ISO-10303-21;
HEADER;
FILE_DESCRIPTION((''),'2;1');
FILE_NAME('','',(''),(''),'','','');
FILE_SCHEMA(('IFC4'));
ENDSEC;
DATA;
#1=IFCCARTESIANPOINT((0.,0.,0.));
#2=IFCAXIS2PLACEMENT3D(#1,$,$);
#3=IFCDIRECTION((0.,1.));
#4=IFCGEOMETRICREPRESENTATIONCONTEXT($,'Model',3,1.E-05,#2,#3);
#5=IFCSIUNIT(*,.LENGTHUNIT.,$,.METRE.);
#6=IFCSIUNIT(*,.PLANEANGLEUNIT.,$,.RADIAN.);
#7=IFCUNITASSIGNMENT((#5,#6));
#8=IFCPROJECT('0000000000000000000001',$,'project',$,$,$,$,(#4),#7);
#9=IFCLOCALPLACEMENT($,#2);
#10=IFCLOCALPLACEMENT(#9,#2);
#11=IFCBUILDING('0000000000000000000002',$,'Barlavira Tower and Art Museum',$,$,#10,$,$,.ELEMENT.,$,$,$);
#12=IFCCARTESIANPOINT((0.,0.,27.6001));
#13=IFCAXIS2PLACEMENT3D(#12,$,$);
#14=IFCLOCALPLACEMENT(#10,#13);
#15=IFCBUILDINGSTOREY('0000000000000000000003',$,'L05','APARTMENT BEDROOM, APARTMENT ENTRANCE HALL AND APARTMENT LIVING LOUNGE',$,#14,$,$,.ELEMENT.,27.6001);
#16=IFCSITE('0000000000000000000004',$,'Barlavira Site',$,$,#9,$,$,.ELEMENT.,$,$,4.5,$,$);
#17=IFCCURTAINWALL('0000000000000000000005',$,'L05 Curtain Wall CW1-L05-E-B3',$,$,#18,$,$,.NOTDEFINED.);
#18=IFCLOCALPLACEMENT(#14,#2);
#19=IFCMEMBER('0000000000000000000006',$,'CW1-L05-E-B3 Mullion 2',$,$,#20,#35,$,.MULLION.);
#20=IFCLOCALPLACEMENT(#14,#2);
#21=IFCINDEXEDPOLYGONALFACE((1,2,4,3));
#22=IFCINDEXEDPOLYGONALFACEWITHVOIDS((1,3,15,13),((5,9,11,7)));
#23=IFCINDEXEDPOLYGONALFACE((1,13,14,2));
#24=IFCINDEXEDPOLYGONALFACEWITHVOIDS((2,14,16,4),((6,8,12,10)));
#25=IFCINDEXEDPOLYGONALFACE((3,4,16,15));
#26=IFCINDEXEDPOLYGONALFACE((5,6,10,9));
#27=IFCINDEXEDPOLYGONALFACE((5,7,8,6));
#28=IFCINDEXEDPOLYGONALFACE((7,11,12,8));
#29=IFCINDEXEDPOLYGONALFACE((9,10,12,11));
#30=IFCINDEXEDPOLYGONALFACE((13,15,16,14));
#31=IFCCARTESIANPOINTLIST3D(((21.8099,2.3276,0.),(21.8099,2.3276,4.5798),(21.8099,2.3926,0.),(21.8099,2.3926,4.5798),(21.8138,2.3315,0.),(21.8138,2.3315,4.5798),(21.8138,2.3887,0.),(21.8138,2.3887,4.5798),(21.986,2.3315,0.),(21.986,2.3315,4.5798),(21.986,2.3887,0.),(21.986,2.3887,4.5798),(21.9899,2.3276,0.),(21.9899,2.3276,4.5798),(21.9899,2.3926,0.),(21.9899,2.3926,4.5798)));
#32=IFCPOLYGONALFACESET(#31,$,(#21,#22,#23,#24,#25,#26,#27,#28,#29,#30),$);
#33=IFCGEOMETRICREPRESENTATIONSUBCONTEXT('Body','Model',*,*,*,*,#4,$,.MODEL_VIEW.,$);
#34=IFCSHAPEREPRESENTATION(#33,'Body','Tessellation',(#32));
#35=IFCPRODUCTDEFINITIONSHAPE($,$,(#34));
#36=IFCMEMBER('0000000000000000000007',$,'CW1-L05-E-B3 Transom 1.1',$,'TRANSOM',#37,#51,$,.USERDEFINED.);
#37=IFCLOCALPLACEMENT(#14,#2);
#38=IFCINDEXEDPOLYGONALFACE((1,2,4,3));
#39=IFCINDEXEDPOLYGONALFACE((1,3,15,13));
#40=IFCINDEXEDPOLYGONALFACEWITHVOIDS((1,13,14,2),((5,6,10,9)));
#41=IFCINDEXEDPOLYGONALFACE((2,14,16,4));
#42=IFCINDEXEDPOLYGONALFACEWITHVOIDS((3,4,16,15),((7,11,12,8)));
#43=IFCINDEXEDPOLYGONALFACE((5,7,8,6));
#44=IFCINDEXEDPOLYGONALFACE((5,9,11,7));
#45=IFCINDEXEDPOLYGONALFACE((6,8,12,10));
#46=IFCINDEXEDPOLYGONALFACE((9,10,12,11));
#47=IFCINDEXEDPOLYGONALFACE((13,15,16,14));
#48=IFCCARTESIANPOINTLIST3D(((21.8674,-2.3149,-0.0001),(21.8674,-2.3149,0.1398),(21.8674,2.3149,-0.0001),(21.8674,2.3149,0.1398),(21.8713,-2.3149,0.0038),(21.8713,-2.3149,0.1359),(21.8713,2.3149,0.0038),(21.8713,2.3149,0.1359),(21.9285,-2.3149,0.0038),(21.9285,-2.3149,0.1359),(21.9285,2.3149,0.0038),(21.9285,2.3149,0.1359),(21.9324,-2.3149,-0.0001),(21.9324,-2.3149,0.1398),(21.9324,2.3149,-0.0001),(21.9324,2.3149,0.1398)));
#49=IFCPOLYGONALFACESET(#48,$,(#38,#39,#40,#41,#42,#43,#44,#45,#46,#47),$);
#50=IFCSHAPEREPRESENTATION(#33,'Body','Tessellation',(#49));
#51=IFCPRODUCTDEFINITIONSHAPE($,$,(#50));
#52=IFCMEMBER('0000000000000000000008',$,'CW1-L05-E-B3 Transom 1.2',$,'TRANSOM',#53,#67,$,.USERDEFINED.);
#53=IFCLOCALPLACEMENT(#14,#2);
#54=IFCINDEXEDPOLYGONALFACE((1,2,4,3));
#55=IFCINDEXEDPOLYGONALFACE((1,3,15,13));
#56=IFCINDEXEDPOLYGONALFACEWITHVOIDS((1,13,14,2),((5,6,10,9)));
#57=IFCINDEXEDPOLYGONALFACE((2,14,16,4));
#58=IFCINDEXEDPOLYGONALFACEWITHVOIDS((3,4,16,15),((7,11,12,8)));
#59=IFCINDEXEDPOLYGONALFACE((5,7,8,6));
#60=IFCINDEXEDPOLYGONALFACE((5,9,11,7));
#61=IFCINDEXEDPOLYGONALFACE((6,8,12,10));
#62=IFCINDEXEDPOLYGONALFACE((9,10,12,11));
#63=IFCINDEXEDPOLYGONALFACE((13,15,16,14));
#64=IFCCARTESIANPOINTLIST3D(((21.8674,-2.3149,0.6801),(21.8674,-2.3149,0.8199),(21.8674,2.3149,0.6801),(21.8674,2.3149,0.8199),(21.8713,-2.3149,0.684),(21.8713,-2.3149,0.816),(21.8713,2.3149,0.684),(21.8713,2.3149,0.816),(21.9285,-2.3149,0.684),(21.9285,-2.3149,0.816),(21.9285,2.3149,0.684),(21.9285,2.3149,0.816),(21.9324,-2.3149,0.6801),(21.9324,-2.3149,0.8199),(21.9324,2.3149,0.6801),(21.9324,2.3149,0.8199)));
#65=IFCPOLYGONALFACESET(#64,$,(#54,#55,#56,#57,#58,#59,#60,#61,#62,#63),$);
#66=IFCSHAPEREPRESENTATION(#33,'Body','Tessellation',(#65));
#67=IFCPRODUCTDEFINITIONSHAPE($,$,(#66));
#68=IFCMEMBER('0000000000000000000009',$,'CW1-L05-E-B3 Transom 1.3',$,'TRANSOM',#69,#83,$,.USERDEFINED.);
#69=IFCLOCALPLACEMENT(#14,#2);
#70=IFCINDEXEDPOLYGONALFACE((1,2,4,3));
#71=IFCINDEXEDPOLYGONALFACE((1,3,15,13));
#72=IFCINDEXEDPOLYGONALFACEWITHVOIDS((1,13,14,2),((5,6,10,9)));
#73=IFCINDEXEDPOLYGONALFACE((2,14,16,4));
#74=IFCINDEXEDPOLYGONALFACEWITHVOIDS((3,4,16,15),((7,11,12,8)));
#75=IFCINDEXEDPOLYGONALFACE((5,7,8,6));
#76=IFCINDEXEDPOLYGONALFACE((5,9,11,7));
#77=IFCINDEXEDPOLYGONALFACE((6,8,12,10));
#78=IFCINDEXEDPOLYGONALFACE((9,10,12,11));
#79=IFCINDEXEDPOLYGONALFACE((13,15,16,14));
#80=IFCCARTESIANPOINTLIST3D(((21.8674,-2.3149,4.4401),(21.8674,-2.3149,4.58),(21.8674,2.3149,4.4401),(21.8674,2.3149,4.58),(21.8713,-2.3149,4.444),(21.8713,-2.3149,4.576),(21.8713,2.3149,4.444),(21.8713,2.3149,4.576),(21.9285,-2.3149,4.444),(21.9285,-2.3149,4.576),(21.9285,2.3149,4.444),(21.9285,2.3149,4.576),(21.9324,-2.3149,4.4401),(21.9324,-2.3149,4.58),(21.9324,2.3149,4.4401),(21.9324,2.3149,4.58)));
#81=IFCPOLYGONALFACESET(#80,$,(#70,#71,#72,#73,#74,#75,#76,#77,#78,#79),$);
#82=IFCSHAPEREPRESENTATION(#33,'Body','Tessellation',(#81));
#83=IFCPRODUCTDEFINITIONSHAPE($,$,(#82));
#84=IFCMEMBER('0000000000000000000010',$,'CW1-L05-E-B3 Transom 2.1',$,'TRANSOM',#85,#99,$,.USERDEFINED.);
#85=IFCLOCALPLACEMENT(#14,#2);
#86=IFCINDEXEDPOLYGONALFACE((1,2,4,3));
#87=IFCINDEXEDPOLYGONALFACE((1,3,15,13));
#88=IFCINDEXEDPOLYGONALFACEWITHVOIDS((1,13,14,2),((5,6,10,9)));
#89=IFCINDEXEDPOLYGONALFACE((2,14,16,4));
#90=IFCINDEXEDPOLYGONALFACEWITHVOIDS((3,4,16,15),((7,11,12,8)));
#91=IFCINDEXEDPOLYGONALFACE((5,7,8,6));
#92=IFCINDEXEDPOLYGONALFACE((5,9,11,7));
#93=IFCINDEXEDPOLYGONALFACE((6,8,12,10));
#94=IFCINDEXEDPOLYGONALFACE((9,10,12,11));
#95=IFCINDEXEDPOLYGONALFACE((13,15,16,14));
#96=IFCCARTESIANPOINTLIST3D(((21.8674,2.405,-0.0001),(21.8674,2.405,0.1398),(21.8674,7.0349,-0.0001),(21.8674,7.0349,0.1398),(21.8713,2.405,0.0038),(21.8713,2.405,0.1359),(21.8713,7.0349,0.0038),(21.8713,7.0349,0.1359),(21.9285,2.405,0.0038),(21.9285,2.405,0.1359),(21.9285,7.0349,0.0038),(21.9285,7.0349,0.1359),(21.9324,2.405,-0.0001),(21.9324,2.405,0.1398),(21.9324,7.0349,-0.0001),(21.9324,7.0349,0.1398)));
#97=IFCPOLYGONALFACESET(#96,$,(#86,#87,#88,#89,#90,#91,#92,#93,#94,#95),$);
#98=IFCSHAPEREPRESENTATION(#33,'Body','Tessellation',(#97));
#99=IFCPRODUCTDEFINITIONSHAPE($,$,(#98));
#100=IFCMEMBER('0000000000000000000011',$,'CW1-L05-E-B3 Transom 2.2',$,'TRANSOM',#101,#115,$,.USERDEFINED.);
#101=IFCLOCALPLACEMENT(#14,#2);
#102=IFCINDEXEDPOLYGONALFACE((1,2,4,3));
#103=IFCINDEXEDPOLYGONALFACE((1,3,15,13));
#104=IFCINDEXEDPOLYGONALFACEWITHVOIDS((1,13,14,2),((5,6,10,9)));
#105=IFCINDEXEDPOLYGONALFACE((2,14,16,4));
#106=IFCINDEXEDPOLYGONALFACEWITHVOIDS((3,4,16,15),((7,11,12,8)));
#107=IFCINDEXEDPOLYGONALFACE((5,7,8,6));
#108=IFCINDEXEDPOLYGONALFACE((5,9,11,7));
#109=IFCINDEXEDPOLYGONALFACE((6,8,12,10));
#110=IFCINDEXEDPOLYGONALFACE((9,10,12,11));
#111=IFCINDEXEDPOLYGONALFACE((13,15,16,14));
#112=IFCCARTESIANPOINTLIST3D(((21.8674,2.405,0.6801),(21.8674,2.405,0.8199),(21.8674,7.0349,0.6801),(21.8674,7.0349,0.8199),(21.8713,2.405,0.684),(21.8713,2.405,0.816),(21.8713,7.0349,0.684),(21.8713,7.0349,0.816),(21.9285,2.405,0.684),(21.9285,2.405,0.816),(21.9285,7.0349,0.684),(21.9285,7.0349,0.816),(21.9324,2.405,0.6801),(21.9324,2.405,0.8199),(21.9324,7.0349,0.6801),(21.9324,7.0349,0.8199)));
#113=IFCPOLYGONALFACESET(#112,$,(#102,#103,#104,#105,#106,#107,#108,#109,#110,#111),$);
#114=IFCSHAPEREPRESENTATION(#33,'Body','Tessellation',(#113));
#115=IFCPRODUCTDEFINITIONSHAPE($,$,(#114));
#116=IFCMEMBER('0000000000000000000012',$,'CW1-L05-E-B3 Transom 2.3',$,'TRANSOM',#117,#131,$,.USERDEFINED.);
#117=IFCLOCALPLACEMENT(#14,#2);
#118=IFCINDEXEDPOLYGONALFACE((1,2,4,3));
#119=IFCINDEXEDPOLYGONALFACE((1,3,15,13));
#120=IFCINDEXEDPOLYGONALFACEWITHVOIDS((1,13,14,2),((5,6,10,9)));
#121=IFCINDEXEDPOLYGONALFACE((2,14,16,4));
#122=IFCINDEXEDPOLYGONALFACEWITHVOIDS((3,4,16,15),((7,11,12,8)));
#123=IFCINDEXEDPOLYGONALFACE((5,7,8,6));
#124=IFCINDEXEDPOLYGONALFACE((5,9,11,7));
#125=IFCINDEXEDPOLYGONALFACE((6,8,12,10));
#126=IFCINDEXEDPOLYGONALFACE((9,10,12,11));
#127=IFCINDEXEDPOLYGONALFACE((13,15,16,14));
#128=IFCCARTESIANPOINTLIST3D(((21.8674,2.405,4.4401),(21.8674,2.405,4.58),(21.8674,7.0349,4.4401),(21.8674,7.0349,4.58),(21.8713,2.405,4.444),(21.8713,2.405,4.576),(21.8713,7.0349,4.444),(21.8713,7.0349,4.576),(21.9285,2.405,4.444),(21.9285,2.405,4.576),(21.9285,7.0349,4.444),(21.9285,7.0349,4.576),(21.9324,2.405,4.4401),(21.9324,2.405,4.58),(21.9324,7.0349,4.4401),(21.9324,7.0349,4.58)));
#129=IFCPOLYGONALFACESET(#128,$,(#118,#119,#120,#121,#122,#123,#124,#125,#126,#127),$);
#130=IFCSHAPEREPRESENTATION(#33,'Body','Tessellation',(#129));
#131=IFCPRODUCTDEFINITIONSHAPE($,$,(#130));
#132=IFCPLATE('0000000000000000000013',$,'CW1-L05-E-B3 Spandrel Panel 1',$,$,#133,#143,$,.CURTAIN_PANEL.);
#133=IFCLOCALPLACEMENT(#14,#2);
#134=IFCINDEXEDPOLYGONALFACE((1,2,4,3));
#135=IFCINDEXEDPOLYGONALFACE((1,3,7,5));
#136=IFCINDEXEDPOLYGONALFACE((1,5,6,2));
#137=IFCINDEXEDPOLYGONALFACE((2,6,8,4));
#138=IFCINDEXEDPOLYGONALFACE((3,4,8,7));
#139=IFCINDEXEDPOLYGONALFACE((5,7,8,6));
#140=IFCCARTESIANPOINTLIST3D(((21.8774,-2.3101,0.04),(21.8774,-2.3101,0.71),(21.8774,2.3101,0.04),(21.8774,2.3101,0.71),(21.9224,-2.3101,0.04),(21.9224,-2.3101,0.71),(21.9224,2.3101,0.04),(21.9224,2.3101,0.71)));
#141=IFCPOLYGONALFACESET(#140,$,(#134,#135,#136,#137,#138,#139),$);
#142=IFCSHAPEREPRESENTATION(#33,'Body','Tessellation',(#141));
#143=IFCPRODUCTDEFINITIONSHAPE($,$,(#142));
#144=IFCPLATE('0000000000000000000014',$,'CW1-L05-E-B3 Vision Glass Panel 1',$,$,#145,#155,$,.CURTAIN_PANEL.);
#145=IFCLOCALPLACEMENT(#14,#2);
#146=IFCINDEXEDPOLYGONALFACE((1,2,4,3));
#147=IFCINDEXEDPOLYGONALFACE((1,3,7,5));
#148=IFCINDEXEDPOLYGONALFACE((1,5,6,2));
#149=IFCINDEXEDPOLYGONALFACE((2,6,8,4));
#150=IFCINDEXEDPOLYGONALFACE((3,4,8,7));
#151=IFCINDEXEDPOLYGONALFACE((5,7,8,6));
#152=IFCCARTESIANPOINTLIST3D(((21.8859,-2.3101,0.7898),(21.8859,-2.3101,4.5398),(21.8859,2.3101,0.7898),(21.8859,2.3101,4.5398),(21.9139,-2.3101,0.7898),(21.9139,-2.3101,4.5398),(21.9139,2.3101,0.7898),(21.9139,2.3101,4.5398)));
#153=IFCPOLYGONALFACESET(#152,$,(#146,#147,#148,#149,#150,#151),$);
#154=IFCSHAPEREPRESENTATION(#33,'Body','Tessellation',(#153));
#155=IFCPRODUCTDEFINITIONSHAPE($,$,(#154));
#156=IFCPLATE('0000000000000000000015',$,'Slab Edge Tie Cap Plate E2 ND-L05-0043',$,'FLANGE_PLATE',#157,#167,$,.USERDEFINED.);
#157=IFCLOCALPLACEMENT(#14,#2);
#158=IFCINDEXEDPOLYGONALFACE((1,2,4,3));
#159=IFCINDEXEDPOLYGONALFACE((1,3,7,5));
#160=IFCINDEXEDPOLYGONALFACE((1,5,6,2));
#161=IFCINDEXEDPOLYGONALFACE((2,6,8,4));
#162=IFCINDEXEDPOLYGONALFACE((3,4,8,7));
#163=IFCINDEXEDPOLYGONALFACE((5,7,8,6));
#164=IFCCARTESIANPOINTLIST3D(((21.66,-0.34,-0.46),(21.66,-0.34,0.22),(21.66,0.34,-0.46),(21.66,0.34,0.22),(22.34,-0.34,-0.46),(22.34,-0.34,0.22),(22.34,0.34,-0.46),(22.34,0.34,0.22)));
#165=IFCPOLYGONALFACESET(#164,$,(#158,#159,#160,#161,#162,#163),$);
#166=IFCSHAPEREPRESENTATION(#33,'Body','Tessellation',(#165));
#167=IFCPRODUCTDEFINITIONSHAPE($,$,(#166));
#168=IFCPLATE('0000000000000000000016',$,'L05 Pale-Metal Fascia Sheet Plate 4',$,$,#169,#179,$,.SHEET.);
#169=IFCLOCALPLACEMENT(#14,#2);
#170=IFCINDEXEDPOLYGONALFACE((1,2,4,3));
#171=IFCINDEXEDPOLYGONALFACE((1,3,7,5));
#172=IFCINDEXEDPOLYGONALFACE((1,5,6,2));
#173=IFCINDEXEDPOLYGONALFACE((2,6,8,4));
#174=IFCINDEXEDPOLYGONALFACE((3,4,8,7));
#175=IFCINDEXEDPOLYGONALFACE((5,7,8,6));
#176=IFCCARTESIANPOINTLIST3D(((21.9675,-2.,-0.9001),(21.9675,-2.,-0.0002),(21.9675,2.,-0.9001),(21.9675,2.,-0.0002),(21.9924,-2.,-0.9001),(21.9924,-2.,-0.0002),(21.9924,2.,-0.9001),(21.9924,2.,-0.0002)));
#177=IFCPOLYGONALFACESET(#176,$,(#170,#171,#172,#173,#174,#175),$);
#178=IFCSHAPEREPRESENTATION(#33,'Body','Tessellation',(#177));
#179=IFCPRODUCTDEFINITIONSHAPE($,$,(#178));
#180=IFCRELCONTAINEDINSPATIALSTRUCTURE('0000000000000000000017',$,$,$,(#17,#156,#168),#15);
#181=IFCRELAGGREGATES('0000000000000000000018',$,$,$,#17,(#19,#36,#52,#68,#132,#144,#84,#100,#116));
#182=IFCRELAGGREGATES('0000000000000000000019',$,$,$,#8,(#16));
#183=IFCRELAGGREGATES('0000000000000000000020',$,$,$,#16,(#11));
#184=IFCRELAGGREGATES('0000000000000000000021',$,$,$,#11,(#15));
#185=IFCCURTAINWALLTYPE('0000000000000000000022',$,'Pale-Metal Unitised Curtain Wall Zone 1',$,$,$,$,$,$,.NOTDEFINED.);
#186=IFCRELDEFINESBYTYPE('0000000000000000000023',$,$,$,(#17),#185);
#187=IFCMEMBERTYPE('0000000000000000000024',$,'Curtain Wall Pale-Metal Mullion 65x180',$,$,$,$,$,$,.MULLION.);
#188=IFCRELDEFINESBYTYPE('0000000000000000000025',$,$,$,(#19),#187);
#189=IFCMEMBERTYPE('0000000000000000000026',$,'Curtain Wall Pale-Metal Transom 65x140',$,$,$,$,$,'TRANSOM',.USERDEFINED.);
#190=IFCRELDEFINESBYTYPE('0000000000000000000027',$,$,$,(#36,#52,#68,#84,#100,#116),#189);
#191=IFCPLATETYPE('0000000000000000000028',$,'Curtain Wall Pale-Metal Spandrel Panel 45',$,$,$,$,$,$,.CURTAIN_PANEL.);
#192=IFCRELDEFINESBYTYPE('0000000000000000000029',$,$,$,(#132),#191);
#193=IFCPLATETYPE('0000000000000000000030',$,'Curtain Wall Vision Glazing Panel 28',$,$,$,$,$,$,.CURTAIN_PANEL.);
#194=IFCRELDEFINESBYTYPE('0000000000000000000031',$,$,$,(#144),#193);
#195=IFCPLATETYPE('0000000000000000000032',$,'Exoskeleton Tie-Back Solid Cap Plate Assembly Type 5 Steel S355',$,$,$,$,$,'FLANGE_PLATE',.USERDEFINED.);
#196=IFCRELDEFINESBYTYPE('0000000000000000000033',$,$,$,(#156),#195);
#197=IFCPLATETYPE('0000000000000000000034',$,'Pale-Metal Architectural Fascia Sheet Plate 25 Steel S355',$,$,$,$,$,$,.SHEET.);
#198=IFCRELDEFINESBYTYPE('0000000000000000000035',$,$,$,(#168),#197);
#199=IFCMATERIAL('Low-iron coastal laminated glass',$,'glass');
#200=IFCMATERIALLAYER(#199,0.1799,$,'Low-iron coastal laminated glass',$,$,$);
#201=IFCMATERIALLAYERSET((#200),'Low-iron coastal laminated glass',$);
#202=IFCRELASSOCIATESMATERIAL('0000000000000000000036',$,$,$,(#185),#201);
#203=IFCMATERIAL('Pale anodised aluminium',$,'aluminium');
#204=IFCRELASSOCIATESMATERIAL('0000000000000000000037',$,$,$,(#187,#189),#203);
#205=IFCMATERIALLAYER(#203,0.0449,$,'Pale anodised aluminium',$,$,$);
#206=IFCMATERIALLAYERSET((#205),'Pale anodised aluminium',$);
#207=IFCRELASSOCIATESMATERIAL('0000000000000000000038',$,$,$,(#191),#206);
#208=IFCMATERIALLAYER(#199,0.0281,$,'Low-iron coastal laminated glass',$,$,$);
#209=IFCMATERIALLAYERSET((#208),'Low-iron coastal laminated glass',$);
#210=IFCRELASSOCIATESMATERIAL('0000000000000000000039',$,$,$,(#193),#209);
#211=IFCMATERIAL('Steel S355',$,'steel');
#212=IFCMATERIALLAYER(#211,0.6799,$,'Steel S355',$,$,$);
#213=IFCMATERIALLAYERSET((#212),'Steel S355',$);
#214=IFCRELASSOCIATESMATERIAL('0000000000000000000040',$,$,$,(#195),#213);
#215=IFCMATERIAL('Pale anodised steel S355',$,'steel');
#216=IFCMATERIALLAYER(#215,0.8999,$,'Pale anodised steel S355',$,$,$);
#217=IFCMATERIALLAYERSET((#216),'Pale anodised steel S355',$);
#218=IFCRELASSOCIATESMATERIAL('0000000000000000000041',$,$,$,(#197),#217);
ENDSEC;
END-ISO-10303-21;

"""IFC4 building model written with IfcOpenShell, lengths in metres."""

from ifc_helpers import new_model, si_unit, direction, frame, origin, origin_2d, place, context, subcontext, project, spatial, rectangle, hollow_rectangle, extrude, material, layer, layer_set, material_profile, profile_set, type_object, element, aggregate, save


model = new_model("IFC4")

# Units and contexts
model_context = context("Model", 3, precision=1e-05, world=origin(), true_north=direction((0.0, 1.0)))
body_context = subcontext(model_context, "Body", "Model", "MODEL_VIEW")
ifc_project = project(units=[si_unit("LENGTHUNIT", "METRE"), si_unit("PLANEANGLEUNIT", "RADIAN")], contexts=[model_context])

# Site, building, storey
site_placement = place(None, origin())
site = spatial("IfcSite", under=ifc_project, at=site_placement, Name="Barlavira Site", CompositionType="ELEMENT", RefElevation=4.5)
building_placement = place(site_placement, origin())
building = spatial("IfcBuilding", under=site, at=building_placement, Name="Barlavira Tower and Art Museum", CompositionType="ELEMENT")
storey_placement = place(building_placement, frame((0.0, 0.0, 27.6001)))
storey = spatial("IfcBuildingStorey", under=building, at=storey_placement, Name="L05", Description="APARTMENT BEDROOM, APARTMENT ENTRANCE HALL AND APARTMENT LIVING LOUNGE", CompositionType="ELEMENT", Elevation=27.6001)

# Curtain wall, members, plates
ifc_material_1 = material(Name="Low-iron coastal laminated glass", Category="glass")
ifc_layer_1 = layer(ifc_material_1, 0.1799, Name="Low-iron coastal laminated glass")
ifc_layer_set_1 = layer_set([ifc_layer_1], Name="Low-iron coastal laminated glass")
curtain_wall_type = type_object("IfcCurtainWallType", Name="Pale-Metal Unitised Curtain Wall Zone 1", PredefinedType="NOTDEFINED", material=ifc_layer_set_1)
curtain_wall_placement = place(storey_placement, origin())
curtain_wall = element("IfcCurtainWall", 1, at=curtain_wall_placement, inside=storey, type_object=curtain_wall_type, Name="L05 Curtain Wall CW1-L05-E-B3", PredefinedType="NOTDEFINED")
ifc_material_2 = material(Name="Pale anodised aluminium", Category="aluminium")
ifc_material_profile_1 = material_profile(ifc_material_2, hollow_rectangle(XDim=0.0649, YDim=0.1799, WallThickness=0.0039, at=origin_2d()), Name="ALU-MULL 65x180x4")
ifc_profile_set_1 = profile_set([ifc_material_profile_1], Name="Pale anodised aluminium")
member_type_1 = type_object("IfcMemberType", Name="Curtain Wall Pale-Metal Mullion 65x180", PredefinedType="MULLION", material=ifc_profile_set_1)
member_1_placement = place(storey_placement, frame((21.8999, 2.3601, 0.0), z_axis=(0.0, 0.0, 1.0), x_axis=(0.0, 1.0, 0.0)))
member_1 = element("IfcMember", 2, at=member_1_placement, type_object=member_type_1, Name="CW1-L05-E-B3 Mullion 2", PredefinedType="MULLION", context=body_context, shape_type="SweptSolid", body=[
    extrude(hollow_rectangle(XDim=0.0649, YDim=0.1799, WallThickness=0.0039, at=origin_2d()), origin(), (0.0, 0.0, 1.0), 4.5798),
])
ifc_material_profile_2 = material_profile(ifc_material_2, hollow_rectangle(XDim=0.0649, YDim=0.1399, WallThickness=0.0039, at=origin_2d()), Name="ALU-TRAN 65x140x4")
ifc_profile_set_2 = profile_set([ifc_material_profile_2], Name="Pale anodised aluminium")
member_type_2 = type_object("IfcMemberType", Name="Curtain Wall Pale-Metal Transom 65x140", ElementType="TRANSOM", PredefinedType="USERDEFINED", material=ifc_profile_set_2)
member_2_placement = place(storey_placement, frame((21.8999, -2.3149, 0.0698), z_axis=(0.0, 1.0, 0.0), x_axis=(-1.0, 0.0, 0.0)))
member_2 = element("IfcMember", 3, at=member_2_placement, type_object=member_type_2, Name="CW1-L05-E-B3 Transom 1.1", ObjectType="TRANSOM", PredefinedType="USERDEFINED", context=body_context, shape_type="SweptSolid", body=[
    extrude(hollow_rectangle(XDim=0.0649, YDim=0.1399, WallThickness=0.0039, at=origin_2d()), origin(), (0.0, 0.0, 1.0), 4.6299),
])
member_3_placement = place(storey_placement, frame((21.8999, -2.3149, 0.75), z_axis=(0.0, 1.0, 0.0), x_axis=(-1.0, 0.0, 0.0)))
member_3 = element("IfcMember", 4, at=member_3_placement, type_object=member_type_2, Name="CW1-L05-E-B3 Transom 1.2", ObjectType="TRANSOM", PredefinedType="USERDEFINED", context=body_context, shape_type="SweptSolid", body=[
    extrude(hollow_rectangle(XDim=0.0649, YDim=0.1399, WallThickness=0.0039, at=origin_2d()), origin(), (0.0, 0.0, 1.0), 4.6299),
])
member_4_placement = place(storey_placement, frame((21.8999, -2.3149, 4.51), z_axis=(0.0, 1.0, 0.0), x_axis=(-1.0, 0.0, 0.0)))
member_4 = element("IfcMember", 5, at=member_4_placement, type_object=member_type_2, Name="CW1-L05-E-B3 Transom 1.3", ObjectType="TRANSOM", PredefinedType="USERDEFINED", context=body_context, shape_type="SweptSolid", body=[
    extrude(hollow_rectangle(XDim=0.0649, YDim=0.1399, WallThickness=0.0039, at=origin_2d()), origin(), (0.0, 0.0, 1.0), 4.6299),
])
member_5_placement = place(storey_placement, frame((21.8999, 2.405, 0.0698), z_axis=(0.0, 1.0, 0.0), x_axis=(-1.0, 0.0, 0.0)))
member_5 = element("IfcMember", 6, at=member_5_placement, type_object=member_type_2, Name="CW1-L05-E-B3 Transom 2.1", ObjectType="TRANSOM", PredefinedType="USERDEFINED", context=body_context, shape_type="SweptSolid", body=[
    extrude(hollow_rectangle(XDim=0.0649, YDim=0.1399, WallThickness=0.0039, at=origin_2d()), origin(), (0.0, 0.0, 1.0), 4.6299),
])
member_6_placement = place(storey_placement, frame((21.8999, 2.405, 0.75), z_axis=(0.0, 1.0, 0.0), x_axis=(-1.0, 0.0, 0.0)))
member_6 = element("IfcMember", 7, at=member_6_placement, type_object=member_type_2, Name="CW1-L05-E-B3 Transom 2.2", ObjectType="TRANSOM", PredefinedType="USERDEFINED", context=body_context, shape_type="SweptSolid", body=[
    extrude(hollow_rectangle(XDim=0.0649, YDim=0.1399, WallThickness=0.0039, at=origin_2d()), origin(), (0.0, 0.0, 1.0), 4.6299),
])
member_7_placement = place(storey_placement, frame((21.8999, 2.405, 4.51), z_axis=(0.0, 1.0, 0.0), x_axis=(-1.0, 0.0, 0.0)))
member_7 = element("IfcMember", 8, at=member_7_placement, type_object=member_type_2, Name="CW1-L05-E-B3 Transom 2.3", ObjectType="TRANSOM", PredefinedType="USERDEFINED", context=body_context, shape_type="SweptSolid", body=[
    extrude(hollow_rectangle(XDim=0.0649, YDim=0.1399, WallThickness=0.0039, at=origin_2d()), origin(), (0.0, 0.0, 1.0), 4.6299),
])
ifc_layer_2 = layer(ifc_material_2, 0.0449, Name="Pale anodised aluminium")
ifc_layer_set_2 = layer_set([ifc_layer_2], Name="Pale anodised aluminium")
plate_type_1 = type_object("IfcPlateType", Name="Curtain Wall Pale-Metal Spandrel Panel 45", PredefinedType="CURTAIN_PANEL", material=ifc_layer_set_2)
plate_1_placement = place(storey_placement, frame((21.8999, 0.0, 0.04), z_axis=(0.0, 0.0, 1.0), x_axis=(0.0, 1.0, 0.0)))
plate_1 = element("IfcPlate", 9, at=plate_1_placement, type_object=plate_type_1, Name="CW1-L05-E-B3 Spandrel Panel 1", PredefinedType="CURTAIN_PANEL", context=body_context, shape_type="SweptSolid", body=[
    extrude(rectangle(XDim=4.6201, YDim=0.0449, at=origin_2d()), origin(), (0.0, 0.0, 1.0), 0.6699),
])
ifc_layer_3 = layer(ifc_material_1, 0.0281, Name="Low-iron coastal laminated glass")
ifc_layer_set_3 = layer_set([ifc_layer_3], Name="Low-iron coastal laminated glass")
plate_type_2 = type_object("IfcPlateType", Name="Curtain Wall Vision Glazing Panel 28", PredefinedType="CURTAIN_PANEL", material=ifc_layer_set_3)
plate_2_placement = place(storey_placement, frame((21.8999, 0.0, 0.7898), z_axis=(0.0, 0.0, 1.0), x_axis=(0.0, 1.0, 0.0)))
plate_2 = element("IfcPlate", 10, at=plate_2_placement, type_object=plate_type_2, Name="CW1-L05-E-B3 Vision Glass Panel 1", PredefinedType="CURTAIN_PANEL", context=body_context, shape_type="SweptSolid", body=[
    extrude(rectangle(XDim=4.6201, YDim=0.0281, at=origin_2d()), origin(), (0.0, 0.0, 1.0), 3.75),
])
aggregate(curtain_wall, [member_1, member_2, member_3, member_4, plate_1, plate_2, member_5, member_6, member_7])

# Plates
ifc_material_3 = material(Name="Steel S355", Category="steel")
ifc_layer_4 = layer(ifc_material_3, 0.6799, Name="Steel S355")
ifc_layer_set_4 = layer_set([ifc_layer_4], Name="Steel S355")
plate_type_3 = type_object("IfcPlateType", Name="Exoskeleton Tie-Back Solid Cap Plate Assembly Type 5 Steel S355", ElementType="FLANGE_PLATE", PredefinedType="USERDEFINED", material=ifc_layer_set_4)
plate_3_placement = place(storey_placement, frame((22.0, 0.0, -0.46), z_axis=(0.0, 0.0, 1.0), x_axis=(1.0, 0.0, 0.0)))
element("IfcPlate", 11, at=plate_3_placement, inside=storey, type_object=plate_type_3, Name="Slab Edge Tie Cap Plate E2 ND-L05-0043", ObjectType="FLANGE_PLATE", PredefinedType="USERDEFINED", context=body_context, shape_type="SweptSolid", body=[
    extrude(rectangle(XDim=0.6799, YDim=0.6799, at=origin_2d()), origin(), (0.0, 0.0, 1.0), 0.6799),
])
ifc_material_4 = material(Name="Pale anodised steel S355", Category="steel")
ifc_layer_5 = layer(ifc_material_4, 0.8999, Name="Pale anodised steel S355")
ifc_layer_set_5 = layer_set([ifc_layer_5], Name="Pale anodised steel S355")
plate_type_4 = type_object("IfcPlateType", Name="Pale-Metal Architectural Fascia Sheet Plate 25 Steel S355", PredefinedType="SHEET", material=ifc_layer_set_5)
plate_4_placement = place(storey_placement, frame((21.98, 0.0, -0.9001), z_axis=(0.0, 0.0, 1.0), x_axis=(0.0, 1.0, 0.0)))
element("IfcPlate", 12, at=plate_4_placement, inside=storey, type_object=plate_type_4, Name="L05 Pale-Metal Fascia Sheet Plate 4", PredefinedType="SHEET", context=body_context, shape_type="SweptSolid", body=[
    extrude(rectangle(XDim=4.0, YDim=0.0249, at=origin_2d()), origin(), (0.0, 0.0, 1.0), 0.8999),
])

save(model, "model.ifc")
